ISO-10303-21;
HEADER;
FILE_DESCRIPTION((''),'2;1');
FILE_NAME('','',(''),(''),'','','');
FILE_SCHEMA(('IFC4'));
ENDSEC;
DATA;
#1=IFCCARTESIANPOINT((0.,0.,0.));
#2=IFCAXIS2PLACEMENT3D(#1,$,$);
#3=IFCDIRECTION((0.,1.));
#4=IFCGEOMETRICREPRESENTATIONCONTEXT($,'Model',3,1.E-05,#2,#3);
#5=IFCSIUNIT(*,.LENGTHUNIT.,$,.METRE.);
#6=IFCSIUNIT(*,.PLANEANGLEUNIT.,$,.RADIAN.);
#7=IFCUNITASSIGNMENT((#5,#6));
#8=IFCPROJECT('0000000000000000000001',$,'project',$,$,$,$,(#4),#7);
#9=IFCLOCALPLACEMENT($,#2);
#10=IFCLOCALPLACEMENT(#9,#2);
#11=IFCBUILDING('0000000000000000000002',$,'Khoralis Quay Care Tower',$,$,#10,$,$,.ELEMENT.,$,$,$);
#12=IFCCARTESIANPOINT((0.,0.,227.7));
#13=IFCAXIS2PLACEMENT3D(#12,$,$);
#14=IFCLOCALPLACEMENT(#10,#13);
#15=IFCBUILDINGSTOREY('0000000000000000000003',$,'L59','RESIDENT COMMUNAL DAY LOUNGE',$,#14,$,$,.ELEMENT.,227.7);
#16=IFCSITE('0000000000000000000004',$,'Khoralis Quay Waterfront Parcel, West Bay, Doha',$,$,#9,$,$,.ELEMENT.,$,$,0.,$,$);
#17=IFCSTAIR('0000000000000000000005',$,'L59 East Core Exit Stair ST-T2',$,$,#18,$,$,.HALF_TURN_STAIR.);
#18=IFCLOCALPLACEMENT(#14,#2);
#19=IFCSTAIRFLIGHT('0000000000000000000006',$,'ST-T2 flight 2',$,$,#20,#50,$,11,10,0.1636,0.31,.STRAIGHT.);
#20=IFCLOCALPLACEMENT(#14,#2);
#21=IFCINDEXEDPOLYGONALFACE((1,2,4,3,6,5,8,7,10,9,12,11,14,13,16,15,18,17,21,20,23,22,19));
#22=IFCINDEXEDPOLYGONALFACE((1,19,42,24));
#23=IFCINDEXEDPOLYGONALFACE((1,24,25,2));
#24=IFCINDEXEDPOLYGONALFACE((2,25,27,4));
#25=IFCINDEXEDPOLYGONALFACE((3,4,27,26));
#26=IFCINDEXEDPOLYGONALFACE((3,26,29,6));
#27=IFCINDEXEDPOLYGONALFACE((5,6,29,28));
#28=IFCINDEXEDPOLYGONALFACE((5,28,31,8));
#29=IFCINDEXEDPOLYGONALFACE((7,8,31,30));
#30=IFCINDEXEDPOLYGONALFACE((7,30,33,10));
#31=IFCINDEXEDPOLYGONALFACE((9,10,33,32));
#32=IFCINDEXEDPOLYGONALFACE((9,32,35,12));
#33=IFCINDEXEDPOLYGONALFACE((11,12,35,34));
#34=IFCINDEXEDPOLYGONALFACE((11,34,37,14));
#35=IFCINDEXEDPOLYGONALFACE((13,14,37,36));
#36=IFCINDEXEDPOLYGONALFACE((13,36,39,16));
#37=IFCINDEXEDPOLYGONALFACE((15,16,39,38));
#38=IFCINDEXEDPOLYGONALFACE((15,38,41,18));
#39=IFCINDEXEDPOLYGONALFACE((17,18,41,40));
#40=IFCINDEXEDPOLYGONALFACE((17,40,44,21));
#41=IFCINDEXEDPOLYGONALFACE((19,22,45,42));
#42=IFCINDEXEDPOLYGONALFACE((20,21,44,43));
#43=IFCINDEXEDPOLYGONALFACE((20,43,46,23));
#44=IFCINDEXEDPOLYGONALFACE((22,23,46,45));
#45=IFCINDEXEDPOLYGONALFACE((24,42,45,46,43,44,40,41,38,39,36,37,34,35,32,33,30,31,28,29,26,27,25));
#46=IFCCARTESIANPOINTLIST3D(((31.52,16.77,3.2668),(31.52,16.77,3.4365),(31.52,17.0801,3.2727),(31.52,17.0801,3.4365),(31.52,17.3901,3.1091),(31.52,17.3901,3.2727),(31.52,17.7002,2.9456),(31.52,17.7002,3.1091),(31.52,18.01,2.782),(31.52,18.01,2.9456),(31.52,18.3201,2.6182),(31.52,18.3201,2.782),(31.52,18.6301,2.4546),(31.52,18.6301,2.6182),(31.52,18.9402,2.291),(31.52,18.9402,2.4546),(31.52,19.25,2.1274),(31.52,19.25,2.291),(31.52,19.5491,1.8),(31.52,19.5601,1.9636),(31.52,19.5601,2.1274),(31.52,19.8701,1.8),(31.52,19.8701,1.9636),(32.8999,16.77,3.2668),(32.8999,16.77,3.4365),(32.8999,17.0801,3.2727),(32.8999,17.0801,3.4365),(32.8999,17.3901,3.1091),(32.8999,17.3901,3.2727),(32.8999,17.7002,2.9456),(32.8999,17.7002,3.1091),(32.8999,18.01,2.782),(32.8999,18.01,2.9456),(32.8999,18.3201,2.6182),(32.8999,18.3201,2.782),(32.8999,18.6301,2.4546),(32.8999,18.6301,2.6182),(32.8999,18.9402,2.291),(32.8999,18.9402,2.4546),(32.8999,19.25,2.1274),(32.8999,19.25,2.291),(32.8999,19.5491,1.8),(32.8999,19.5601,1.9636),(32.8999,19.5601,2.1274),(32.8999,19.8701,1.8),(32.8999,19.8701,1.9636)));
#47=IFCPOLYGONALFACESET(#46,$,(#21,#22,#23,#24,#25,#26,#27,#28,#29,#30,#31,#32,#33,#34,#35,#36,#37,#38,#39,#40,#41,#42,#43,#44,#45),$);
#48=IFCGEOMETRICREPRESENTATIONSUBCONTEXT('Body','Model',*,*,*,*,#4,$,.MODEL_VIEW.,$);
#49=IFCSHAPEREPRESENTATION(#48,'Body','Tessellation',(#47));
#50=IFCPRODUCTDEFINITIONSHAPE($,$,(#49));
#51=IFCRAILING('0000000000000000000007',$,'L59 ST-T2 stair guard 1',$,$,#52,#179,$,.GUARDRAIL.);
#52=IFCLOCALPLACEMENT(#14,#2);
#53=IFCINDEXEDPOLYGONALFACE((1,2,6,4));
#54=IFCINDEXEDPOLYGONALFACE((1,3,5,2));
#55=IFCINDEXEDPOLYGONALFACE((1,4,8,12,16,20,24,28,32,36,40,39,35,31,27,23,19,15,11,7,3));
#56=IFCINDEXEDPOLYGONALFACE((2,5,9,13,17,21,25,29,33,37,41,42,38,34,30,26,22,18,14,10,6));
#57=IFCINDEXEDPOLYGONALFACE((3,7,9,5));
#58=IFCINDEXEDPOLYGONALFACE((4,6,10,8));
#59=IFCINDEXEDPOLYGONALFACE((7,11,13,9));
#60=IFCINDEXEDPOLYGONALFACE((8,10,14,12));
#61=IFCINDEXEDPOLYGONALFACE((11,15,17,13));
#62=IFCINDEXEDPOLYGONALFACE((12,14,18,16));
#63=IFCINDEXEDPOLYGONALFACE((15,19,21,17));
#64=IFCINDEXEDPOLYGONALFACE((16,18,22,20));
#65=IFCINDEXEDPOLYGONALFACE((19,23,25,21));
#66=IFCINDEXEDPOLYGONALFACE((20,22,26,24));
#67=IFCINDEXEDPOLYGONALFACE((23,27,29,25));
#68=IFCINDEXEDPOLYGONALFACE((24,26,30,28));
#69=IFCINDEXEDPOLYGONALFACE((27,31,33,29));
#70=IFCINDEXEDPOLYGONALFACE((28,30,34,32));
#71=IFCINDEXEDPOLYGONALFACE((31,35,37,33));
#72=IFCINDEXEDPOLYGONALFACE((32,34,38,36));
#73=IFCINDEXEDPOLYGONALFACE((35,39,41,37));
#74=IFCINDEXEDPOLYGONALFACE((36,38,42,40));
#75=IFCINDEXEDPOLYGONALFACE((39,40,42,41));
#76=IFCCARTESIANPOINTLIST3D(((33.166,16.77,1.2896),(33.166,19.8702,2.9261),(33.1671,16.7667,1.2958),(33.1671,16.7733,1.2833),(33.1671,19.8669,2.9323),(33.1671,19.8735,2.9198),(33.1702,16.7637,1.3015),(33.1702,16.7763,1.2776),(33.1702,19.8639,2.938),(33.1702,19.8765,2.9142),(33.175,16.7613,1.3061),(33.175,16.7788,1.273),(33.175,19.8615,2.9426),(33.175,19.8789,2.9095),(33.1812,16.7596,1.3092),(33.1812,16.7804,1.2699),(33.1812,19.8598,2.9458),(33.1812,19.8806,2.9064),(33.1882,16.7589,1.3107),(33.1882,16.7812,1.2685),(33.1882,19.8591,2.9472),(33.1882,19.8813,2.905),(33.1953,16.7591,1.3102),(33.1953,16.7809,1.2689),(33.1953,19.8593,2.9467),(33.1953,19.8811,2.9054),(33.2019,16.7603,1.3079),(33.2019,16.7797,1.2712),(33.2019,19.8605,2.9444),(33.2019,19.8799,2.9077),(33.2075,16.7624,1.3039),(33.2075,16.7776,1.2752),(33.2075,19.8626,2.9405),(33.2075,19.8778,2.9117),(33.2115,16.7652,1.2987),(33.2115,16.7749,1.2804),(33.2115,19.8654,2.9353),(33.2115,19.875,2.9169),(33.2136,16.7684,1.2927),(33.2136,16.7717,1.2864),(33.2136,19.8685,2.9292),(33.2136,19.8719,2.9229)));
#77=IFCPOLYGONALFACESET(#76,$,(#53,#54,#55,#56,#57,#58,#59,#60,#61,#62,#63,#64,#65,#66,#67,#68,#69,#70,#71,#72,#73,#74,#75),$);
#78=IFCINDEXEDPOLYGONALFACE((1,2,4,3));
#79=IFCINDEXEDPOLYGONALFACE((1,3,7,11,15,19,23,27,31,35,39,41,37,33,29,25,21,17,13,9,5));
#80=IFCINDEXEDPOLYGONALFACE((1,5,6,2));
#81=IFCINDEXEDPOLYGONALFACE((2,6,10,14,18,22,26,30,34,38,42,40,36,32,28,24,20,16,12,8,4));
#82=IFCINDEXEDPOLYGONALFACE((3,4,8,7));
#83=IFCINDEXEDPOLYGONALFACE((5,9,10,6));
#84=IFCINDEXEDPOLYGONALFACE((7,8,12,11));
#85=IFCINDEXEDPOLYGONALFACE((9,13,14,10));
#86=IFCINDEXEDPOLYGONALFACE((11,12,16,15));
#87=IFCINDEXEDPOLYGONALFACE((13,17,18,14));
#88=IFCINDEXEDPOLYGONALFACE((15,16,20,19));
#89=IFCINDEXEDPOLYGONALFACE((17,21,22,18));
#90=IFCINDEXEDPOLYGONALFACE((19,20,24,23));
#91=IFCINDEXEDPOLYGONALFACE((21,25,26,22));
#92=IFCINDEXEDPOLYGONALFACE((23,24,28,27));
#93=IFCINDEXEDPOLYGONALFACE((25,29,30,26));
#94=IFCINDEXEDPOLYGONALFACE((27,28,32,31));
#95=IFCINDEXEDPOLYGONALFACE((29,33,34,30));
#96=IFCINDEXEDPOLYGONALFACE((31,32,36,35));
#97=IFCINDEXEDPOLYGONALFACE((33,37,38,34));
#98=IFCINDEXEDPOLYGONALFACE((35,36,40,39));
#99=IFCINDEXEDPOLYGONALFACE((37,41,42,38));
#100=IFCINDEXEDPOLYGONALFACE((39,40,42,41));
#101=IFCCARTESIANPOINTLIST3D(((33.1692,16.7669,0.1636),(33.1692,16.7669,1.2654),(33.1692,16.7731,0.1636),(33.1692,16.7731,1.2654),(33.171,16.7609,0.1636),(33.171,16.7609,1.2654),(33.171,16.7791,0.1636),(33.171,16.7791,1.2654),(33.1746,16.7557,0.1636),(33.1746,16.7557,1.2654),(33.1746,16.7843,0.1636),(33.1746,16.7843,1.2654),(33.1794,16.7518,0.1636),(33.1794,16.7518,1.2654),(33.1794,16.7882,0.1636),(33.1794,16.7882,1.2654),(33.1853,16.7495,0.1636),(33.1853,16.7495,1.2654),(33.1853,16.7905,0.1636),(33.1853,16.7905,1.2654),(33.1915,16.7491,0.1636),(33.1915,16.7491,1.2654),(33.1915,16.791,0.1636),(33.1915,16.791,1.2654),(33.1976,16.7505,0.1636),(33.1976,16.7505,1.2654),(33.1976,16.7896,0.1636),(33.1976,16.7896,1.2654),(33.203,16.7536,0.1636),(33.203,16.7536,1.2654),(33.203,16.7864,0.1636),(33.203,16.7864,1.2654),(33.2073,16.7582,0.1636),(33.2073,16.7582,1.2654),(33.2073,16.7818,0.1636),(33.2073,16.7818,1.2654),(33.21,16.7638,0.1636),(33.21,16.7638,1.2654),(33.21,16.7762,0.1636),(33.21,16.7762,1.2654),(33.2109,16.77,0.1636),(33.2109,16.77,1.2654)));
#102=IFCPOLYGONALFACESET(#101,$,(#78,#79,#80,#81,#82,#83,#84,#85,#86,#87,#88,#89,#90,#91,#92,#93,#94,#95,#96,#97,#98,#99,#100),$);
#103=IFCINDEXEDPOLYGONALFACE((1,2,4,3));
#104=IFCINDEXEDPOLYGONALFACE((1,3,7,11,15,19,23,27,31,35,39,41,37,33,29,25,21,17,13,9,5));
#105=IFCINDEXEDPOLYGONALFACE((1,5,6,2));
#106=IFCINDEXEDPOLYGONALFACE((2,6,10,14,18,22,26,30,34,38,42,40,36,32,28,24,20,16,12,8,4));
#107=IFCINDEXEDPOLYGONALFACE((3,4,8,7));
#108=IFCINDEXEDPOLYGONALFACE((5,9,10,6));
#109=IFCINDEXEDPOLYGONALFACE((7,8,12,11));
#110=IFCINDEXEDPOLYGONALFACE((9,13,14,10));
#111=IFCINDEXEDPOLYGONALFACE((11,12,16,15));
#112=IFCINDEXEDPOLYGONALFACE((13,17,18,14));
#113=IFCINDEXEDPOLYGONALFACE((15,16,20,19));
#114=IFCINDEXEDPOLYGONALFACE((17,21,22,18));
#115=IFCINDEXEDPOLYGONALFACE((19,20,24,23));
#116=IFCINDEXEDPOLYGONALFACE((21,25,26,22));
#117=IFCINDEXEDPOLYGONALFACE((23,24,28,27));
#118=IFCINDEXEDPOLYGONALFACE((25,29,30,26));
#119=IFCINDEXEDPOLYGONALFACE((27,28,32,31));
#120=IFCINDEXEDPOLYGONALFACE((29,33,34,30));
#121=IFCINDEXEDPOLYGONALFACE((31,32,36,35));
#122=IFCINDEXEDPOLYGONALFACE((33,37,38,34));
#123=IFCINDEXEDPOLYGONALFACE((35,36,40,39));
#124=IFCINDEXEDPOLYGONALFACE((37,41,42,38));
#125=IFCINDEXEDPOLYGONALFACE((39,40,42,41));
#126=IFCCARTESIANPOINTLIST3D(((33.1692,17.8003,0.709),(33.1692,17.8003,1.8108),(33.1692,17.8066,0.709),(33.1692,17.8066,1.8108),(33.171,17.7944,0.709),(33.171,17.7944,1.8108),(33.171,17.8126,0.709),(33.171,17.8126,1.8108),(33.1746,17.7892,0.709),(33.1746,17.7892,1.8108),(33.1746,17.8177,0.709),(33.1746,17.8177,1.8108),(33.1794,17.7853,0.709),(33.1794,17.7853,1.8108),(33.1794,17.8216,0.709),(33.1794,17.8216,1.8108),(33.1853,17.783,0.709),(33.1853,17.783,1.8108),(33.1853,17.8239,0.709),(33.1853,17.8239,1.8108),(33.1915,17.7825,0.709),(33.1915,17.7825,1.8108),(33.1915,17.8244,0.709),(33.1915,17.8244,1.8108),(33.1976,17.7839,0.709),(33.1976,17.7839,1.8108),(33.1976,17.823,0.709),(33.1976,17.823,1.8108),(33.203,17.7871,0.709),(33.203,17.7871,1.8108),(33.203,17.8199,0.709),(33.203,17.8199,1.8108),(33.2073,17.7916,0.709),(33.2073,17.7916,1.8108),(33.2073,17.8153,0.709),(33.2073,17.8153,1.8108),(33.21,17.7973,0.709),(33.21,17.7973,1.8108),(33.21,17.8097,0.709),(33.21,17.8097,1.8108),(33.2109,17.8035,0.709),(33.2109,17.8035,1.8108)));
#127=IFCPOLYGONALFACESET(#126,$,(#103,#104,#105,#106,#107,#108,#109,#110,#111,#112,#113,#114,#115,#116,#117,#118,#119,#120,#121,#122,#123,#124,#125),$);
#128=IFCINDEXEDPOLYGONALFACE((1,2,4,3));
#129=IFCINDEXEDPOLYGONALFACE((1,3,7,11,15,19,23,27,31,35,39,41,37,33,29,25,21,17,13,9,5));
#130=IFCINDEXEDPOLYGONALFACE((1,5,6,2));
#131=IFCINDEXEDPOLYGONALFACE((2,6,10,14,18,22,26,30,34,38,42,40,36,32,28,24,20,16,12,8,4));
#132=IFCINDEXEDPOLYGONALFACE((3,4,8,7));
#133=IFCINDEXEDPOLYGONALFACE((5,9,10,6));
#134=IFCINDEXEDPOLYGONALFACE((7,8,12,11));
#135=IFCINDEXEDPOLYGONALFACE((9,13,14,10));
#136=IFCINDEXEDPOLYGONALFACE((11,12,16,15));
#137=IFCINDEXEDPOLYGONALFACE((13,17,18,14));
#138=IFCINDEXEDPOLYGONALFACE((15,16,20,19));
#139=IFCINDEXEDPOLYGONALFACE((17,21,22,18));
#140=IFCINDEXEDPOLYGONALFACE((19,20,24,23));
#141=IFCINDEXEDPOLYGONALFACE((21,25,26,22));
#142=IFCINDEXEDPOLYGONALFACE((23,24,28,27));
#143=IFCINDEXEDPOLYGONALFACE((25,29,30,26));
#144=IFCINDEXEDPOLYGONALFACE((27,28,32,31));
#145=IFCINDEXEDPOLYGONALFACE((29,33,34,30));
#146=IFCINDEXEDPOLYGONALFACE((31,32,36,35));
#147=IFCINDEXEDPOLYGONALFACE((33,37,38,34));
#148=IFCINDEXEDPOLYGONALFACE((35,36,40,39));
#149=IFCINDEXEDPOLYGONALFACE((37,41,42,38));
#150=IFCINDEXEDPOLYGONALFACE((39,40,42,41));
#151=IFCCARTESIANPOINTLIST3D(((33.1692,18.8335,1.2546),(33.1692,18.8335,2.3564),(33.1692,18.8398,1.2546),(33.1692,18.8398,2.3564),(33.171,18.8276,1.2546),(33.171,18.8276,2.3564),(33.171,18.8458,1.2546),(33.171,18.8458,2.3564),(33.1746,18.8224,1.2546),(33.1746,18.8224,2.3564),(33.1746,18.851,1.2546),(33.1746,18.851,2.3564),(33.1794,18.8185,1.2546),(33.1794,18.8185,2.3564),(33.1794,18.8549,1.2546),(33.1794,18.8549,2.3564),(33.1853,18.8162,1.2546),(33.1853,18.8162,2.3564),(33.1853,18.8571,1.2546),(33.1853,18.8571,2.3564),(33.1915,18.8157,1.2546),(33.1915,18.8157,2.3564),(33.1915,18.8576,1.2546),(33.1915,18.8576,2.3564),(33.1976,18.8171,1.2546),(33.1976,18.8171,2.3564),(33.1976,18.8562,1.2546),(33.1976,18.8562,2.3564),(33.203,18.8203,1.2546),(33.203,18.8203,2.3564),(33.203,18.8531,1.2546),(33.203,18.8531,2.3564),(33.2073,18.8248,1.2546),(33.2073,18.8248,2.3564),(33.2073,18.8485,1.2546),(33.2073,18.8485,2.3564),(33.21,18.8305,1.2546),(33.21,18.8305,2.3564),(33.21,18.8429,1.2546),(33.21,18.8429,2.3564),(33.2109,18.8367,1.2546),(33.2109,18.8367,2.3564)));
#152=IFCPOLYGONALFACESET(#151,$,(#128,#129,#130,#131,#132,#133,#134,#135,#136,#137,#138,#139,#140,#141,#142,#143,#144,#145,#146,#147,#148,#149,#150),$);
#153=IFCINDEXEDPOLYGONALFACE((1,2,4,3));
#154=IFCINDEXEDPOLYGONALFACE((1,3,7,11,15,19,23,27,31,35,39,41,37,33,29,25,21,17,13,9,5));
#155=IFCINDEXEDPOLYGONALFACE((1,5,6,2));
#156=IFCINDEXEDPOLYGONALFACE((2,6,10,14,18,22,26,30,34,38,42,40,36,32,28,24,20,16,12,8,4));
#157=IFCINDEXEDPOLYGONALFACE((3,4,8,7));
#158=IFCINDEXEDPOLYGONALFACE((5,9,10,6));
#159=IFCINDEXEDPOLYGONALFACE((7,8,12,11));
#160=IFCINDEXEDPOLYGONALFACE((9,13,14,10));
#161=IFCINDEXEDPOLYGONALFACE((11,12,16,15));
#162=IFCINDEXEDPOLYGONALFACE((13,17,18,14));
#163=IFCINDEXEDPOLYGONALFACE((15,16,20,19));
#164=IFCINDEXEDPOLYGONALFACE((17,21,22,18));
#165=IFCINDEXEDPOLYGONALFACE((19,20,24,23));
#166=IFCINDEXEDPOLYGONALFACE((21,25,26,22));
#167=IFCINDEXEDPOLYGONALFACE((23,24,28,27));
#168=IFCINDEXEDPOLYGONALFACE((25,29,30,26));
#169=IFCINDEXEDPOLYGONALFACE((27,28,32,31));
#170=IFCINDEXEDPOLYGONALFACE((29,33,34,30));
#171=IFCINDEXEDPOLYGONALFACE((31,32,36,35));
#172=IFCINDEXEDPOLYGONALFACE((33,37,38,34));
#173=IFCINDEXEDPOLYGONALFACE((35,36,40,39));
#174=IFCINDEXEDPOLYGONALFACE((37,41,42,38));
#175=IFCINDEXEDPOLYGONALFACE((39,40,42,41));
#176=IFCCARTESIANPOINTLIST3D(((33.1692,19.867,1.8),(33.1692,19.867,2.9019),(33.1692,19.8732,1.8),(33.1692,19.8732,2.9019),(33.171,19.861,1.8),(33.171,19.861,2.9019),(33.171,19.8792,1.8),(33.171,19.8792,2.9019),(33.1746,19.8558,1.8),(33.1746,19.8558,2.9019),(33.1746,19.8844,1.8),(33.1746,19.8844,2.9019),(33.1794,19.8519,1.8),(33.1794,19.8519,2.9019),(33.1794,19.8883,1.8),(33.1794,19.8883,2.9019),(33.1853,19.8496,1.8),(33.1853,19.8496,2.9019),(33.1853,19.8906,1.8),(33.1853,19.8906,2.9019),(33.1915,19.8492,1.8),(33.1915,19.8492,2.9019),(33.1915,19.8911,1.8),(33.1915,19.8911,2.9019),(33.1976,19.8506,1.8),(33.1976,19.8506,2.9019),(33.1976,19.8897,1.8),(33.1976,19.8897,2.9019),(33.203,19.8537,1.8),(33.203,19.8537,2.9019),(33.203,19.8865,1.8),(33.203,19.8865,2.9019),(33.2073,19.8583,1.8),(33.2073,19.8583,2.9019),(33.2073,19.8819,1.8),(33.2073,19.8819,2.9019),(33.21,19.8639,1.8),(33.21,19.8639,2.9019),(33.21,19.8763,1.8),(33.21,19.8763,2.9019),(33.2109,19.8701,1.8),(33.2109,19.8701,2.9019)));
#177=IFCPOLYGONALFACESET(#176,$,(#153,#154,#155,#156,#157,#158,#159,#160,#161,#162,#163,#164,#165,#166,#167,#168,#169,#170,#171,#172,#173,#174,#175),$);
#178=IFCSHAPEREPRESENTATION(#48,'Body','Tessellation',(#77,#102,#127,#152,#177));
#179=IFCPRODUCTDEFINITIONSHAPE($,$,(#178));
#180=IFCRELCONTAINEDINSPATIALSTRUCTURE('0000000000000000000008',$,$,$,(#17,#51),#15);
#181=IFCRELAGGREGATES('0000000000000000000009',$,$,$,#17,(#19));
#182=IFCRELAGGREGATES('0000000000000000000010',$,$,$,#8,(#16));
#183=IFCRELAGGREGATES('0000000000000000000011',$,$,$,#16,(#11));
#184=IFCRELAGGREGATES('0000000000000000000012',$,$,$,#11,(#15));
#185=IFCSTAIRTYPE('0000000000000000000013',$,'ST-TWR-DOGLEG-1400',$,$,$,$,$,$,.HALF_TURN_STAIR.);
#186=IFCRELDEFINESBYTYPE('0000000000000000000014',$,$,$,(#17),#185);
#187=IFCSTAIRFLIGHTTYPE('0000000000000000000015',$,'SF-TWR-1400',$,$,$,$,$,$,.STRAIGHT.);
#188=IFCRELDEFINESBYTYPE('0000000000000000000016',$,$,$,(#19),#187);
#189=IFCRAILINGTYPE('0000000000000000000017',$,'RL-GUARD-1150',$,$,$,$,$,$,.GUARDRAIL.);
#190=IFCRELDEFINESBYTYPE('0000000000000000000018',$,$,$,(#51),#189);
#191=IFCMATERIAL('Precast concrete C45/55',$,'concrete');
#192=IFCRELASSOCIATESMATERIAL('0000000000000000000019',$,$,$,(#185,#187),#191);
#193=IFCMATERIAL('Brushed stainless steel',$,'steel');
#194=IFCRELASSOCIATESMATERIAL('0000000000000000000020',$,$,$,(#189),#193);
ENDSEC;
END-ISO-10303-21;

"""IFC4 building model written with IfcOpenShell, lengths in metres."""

from ifc_helpers import new_model, si_unit, direction, frame, origin, origin_2d, place, context, subcontext, project, spatial, polyline, circle, outline, extrude, source, transform, mapped, material, type_object, element, aggregate, save


model = new_model("IFC4")

# Units and contexts
model_context = context("Model", 3, precision=1e-05, world=origin(), true_north=direction((0.0, 1.0)))
body_context = subcontext(model_context, "Body", "Model", "MODEL_VIEW")
ifc_project = project(units=[si_unit("LENGTHUNIT", "METRE"), si_unit("PLANEANGLEUNIT", "RADIAN")], contexts=[model_context])

# Site, building, storey
site_placement = place(None, origin())
site = spatial("IfcSite", under=ifc_project, at=site_placement, Name="Khoralis Quay Waterfront Parcel, West Bay, Doha", CompositionType="ELEMENT", RefElevation=0.0)
building_placement = place(site_placement, origin())
building = spatial("IfcBuilding", under=site, at=building_placement, Name="Khoralis Quay Care Tower", CompositionType="ELEMENT")
storey_placement = place(building_placement, frame((0.0, 0.0, 227.7)))
storey = spatial("IfcBuildingStorey", under=building, at=storey_placement, Name="L59", Description="RESIDENT COMMUNAL DAY LOUNGE", CompositionType="ELEMENT", Elevation=227.7)

# Shared definitions
ifc_material_1 = material(Name="Brushed stainless steel", Category="steel")

# Shared definitions
ifc_material_2 = material(Name="Precast concrete C45/55", Category="concrete")

# Stair, stair flight
stair_type = type_object("IfcStairType", Name="ST-TWR-DOGLEG-1400", PredefinedType="HALF_TURN_STAIR", material=ifc_material_2)
stair_placement = place(storey_placement, origin())
stair = element("IfcStair", 1, at=stair_placement, inside=storey, type_object=stair_type, Name="L59 East Core Exit Stair ST-T2", PredefinedType="HALF_TURN_STAIR")
stair_flight_type = type_object("IfcStairFlightType", Name="SF-TWR-1400", PredefinedType="STRAIGHT", material=ifc_material_2)
shared_shape_1 = source(origin(), body_context, "Body", "SweptSolid", [
    extrude(outline(polyline([(0.0, 0.0), (0.0, 0.1636), (0.3101, 0.1636), (0.3101, 0.3274), (0.6201, 0.3274), (0.6201, 0.491), (0.9299, 0.491), (0.9299, 0.6545), (1.24, 0.6545), (1.24, 0.8181), (1.55, 0.8181), (1.55, 0.9819), (1.8601, 0.9819), (1.8601, 1.1455), (2.1699, 1.1455), (2.1699, 1.3091), (2.48, 1.3091), (2.48, 1.4727), (2.79, 1.4727), (2.79, 1.6365), (3.1001, 1.6365), (3.1001, 1.8), (3.1001, 1.4668), (0.321, 0.0), (0.0, 0.0)])), frame((0.0, 0.6899, 0.0), z_axis=(0.0, -1.0, 0.0), x_axis=(1.0, 0.0, 0.0)), (0.0, 0.0, 1.0), 1.3799),
])
stair_flight_1_placement = place(storey_placement, frame((32.21, 19.8701, 1.8), z_axis=(0.0, 0.0, 1.0), x_axis=(0.0, -1.0, 0.0)))
stair_flight_1 = element("IfcStairFlight", 2, at=stair_flight_1_placement, type_object=stair_flight_type, Name="ST-T2 flight 2", NumberOfRisers=11, NumberOfTreads=10, PredefinedType="STRAIGHT", RiserHeight=0.1636, TreadLength=0.31, context=body_context, shape_type="MappedRepresentation", body=[
    mapped(shared_shape_1, transform((0.0, 0.0, 0.0), scale=1.0)),
])
aggregate(stair, [stair_flight_1])

# Railing
railing_type_1 = type_object("IfcRailingType", Name="RL-GUARD-1150", PredefinedType="GUARDRAIL", material=ifc_material_1)
railing_1_placement = place(storey_placement, frame((33.1899, 16.77, 0.1636)))
element("IfcRailing", 3, at=railing_1_placement, inside=storey, type_object=railing_type_1, Name="L59 ST-T2 stair guard 1", PredefinedType="GUARDRAIL", context=body_context, shape_type="SweptSolid", body=[
    extrude(circle(Radius=0.0239, at=origin_2d()), frame((0.0, 0.0, 1.126), z_axis=(0.0, 0.884348, 0.466828), x_axis=(-1.0, 0.0, 0.0)), (0.0, 0.0, 1.0), 3.5056),
    extrude(circle(Radius=0.021, at=origin_2d()), origin(), (0.0, 0.0, 1.0), 1.1018),
    extrude(circle(Radius=0.021, at=origin_2d()), frame((0.0, 1.0334, 0.5454)), (0.0, 0.0, 1.0), 1.1018),
    extrude(circle(Radius=0.021, at=origin_2d()), frame((0.0, 2.0667, 1.0911)), (0.0, 0.0, 1.0), 1.1018),
    extrude(circle(Radius=0.021, at=origin_2d()), frame((0.0, 3.1001, 1.6365)), (0.0, 0.0, 1.0), 1.1018),
])

save(model, "model.ifc")
